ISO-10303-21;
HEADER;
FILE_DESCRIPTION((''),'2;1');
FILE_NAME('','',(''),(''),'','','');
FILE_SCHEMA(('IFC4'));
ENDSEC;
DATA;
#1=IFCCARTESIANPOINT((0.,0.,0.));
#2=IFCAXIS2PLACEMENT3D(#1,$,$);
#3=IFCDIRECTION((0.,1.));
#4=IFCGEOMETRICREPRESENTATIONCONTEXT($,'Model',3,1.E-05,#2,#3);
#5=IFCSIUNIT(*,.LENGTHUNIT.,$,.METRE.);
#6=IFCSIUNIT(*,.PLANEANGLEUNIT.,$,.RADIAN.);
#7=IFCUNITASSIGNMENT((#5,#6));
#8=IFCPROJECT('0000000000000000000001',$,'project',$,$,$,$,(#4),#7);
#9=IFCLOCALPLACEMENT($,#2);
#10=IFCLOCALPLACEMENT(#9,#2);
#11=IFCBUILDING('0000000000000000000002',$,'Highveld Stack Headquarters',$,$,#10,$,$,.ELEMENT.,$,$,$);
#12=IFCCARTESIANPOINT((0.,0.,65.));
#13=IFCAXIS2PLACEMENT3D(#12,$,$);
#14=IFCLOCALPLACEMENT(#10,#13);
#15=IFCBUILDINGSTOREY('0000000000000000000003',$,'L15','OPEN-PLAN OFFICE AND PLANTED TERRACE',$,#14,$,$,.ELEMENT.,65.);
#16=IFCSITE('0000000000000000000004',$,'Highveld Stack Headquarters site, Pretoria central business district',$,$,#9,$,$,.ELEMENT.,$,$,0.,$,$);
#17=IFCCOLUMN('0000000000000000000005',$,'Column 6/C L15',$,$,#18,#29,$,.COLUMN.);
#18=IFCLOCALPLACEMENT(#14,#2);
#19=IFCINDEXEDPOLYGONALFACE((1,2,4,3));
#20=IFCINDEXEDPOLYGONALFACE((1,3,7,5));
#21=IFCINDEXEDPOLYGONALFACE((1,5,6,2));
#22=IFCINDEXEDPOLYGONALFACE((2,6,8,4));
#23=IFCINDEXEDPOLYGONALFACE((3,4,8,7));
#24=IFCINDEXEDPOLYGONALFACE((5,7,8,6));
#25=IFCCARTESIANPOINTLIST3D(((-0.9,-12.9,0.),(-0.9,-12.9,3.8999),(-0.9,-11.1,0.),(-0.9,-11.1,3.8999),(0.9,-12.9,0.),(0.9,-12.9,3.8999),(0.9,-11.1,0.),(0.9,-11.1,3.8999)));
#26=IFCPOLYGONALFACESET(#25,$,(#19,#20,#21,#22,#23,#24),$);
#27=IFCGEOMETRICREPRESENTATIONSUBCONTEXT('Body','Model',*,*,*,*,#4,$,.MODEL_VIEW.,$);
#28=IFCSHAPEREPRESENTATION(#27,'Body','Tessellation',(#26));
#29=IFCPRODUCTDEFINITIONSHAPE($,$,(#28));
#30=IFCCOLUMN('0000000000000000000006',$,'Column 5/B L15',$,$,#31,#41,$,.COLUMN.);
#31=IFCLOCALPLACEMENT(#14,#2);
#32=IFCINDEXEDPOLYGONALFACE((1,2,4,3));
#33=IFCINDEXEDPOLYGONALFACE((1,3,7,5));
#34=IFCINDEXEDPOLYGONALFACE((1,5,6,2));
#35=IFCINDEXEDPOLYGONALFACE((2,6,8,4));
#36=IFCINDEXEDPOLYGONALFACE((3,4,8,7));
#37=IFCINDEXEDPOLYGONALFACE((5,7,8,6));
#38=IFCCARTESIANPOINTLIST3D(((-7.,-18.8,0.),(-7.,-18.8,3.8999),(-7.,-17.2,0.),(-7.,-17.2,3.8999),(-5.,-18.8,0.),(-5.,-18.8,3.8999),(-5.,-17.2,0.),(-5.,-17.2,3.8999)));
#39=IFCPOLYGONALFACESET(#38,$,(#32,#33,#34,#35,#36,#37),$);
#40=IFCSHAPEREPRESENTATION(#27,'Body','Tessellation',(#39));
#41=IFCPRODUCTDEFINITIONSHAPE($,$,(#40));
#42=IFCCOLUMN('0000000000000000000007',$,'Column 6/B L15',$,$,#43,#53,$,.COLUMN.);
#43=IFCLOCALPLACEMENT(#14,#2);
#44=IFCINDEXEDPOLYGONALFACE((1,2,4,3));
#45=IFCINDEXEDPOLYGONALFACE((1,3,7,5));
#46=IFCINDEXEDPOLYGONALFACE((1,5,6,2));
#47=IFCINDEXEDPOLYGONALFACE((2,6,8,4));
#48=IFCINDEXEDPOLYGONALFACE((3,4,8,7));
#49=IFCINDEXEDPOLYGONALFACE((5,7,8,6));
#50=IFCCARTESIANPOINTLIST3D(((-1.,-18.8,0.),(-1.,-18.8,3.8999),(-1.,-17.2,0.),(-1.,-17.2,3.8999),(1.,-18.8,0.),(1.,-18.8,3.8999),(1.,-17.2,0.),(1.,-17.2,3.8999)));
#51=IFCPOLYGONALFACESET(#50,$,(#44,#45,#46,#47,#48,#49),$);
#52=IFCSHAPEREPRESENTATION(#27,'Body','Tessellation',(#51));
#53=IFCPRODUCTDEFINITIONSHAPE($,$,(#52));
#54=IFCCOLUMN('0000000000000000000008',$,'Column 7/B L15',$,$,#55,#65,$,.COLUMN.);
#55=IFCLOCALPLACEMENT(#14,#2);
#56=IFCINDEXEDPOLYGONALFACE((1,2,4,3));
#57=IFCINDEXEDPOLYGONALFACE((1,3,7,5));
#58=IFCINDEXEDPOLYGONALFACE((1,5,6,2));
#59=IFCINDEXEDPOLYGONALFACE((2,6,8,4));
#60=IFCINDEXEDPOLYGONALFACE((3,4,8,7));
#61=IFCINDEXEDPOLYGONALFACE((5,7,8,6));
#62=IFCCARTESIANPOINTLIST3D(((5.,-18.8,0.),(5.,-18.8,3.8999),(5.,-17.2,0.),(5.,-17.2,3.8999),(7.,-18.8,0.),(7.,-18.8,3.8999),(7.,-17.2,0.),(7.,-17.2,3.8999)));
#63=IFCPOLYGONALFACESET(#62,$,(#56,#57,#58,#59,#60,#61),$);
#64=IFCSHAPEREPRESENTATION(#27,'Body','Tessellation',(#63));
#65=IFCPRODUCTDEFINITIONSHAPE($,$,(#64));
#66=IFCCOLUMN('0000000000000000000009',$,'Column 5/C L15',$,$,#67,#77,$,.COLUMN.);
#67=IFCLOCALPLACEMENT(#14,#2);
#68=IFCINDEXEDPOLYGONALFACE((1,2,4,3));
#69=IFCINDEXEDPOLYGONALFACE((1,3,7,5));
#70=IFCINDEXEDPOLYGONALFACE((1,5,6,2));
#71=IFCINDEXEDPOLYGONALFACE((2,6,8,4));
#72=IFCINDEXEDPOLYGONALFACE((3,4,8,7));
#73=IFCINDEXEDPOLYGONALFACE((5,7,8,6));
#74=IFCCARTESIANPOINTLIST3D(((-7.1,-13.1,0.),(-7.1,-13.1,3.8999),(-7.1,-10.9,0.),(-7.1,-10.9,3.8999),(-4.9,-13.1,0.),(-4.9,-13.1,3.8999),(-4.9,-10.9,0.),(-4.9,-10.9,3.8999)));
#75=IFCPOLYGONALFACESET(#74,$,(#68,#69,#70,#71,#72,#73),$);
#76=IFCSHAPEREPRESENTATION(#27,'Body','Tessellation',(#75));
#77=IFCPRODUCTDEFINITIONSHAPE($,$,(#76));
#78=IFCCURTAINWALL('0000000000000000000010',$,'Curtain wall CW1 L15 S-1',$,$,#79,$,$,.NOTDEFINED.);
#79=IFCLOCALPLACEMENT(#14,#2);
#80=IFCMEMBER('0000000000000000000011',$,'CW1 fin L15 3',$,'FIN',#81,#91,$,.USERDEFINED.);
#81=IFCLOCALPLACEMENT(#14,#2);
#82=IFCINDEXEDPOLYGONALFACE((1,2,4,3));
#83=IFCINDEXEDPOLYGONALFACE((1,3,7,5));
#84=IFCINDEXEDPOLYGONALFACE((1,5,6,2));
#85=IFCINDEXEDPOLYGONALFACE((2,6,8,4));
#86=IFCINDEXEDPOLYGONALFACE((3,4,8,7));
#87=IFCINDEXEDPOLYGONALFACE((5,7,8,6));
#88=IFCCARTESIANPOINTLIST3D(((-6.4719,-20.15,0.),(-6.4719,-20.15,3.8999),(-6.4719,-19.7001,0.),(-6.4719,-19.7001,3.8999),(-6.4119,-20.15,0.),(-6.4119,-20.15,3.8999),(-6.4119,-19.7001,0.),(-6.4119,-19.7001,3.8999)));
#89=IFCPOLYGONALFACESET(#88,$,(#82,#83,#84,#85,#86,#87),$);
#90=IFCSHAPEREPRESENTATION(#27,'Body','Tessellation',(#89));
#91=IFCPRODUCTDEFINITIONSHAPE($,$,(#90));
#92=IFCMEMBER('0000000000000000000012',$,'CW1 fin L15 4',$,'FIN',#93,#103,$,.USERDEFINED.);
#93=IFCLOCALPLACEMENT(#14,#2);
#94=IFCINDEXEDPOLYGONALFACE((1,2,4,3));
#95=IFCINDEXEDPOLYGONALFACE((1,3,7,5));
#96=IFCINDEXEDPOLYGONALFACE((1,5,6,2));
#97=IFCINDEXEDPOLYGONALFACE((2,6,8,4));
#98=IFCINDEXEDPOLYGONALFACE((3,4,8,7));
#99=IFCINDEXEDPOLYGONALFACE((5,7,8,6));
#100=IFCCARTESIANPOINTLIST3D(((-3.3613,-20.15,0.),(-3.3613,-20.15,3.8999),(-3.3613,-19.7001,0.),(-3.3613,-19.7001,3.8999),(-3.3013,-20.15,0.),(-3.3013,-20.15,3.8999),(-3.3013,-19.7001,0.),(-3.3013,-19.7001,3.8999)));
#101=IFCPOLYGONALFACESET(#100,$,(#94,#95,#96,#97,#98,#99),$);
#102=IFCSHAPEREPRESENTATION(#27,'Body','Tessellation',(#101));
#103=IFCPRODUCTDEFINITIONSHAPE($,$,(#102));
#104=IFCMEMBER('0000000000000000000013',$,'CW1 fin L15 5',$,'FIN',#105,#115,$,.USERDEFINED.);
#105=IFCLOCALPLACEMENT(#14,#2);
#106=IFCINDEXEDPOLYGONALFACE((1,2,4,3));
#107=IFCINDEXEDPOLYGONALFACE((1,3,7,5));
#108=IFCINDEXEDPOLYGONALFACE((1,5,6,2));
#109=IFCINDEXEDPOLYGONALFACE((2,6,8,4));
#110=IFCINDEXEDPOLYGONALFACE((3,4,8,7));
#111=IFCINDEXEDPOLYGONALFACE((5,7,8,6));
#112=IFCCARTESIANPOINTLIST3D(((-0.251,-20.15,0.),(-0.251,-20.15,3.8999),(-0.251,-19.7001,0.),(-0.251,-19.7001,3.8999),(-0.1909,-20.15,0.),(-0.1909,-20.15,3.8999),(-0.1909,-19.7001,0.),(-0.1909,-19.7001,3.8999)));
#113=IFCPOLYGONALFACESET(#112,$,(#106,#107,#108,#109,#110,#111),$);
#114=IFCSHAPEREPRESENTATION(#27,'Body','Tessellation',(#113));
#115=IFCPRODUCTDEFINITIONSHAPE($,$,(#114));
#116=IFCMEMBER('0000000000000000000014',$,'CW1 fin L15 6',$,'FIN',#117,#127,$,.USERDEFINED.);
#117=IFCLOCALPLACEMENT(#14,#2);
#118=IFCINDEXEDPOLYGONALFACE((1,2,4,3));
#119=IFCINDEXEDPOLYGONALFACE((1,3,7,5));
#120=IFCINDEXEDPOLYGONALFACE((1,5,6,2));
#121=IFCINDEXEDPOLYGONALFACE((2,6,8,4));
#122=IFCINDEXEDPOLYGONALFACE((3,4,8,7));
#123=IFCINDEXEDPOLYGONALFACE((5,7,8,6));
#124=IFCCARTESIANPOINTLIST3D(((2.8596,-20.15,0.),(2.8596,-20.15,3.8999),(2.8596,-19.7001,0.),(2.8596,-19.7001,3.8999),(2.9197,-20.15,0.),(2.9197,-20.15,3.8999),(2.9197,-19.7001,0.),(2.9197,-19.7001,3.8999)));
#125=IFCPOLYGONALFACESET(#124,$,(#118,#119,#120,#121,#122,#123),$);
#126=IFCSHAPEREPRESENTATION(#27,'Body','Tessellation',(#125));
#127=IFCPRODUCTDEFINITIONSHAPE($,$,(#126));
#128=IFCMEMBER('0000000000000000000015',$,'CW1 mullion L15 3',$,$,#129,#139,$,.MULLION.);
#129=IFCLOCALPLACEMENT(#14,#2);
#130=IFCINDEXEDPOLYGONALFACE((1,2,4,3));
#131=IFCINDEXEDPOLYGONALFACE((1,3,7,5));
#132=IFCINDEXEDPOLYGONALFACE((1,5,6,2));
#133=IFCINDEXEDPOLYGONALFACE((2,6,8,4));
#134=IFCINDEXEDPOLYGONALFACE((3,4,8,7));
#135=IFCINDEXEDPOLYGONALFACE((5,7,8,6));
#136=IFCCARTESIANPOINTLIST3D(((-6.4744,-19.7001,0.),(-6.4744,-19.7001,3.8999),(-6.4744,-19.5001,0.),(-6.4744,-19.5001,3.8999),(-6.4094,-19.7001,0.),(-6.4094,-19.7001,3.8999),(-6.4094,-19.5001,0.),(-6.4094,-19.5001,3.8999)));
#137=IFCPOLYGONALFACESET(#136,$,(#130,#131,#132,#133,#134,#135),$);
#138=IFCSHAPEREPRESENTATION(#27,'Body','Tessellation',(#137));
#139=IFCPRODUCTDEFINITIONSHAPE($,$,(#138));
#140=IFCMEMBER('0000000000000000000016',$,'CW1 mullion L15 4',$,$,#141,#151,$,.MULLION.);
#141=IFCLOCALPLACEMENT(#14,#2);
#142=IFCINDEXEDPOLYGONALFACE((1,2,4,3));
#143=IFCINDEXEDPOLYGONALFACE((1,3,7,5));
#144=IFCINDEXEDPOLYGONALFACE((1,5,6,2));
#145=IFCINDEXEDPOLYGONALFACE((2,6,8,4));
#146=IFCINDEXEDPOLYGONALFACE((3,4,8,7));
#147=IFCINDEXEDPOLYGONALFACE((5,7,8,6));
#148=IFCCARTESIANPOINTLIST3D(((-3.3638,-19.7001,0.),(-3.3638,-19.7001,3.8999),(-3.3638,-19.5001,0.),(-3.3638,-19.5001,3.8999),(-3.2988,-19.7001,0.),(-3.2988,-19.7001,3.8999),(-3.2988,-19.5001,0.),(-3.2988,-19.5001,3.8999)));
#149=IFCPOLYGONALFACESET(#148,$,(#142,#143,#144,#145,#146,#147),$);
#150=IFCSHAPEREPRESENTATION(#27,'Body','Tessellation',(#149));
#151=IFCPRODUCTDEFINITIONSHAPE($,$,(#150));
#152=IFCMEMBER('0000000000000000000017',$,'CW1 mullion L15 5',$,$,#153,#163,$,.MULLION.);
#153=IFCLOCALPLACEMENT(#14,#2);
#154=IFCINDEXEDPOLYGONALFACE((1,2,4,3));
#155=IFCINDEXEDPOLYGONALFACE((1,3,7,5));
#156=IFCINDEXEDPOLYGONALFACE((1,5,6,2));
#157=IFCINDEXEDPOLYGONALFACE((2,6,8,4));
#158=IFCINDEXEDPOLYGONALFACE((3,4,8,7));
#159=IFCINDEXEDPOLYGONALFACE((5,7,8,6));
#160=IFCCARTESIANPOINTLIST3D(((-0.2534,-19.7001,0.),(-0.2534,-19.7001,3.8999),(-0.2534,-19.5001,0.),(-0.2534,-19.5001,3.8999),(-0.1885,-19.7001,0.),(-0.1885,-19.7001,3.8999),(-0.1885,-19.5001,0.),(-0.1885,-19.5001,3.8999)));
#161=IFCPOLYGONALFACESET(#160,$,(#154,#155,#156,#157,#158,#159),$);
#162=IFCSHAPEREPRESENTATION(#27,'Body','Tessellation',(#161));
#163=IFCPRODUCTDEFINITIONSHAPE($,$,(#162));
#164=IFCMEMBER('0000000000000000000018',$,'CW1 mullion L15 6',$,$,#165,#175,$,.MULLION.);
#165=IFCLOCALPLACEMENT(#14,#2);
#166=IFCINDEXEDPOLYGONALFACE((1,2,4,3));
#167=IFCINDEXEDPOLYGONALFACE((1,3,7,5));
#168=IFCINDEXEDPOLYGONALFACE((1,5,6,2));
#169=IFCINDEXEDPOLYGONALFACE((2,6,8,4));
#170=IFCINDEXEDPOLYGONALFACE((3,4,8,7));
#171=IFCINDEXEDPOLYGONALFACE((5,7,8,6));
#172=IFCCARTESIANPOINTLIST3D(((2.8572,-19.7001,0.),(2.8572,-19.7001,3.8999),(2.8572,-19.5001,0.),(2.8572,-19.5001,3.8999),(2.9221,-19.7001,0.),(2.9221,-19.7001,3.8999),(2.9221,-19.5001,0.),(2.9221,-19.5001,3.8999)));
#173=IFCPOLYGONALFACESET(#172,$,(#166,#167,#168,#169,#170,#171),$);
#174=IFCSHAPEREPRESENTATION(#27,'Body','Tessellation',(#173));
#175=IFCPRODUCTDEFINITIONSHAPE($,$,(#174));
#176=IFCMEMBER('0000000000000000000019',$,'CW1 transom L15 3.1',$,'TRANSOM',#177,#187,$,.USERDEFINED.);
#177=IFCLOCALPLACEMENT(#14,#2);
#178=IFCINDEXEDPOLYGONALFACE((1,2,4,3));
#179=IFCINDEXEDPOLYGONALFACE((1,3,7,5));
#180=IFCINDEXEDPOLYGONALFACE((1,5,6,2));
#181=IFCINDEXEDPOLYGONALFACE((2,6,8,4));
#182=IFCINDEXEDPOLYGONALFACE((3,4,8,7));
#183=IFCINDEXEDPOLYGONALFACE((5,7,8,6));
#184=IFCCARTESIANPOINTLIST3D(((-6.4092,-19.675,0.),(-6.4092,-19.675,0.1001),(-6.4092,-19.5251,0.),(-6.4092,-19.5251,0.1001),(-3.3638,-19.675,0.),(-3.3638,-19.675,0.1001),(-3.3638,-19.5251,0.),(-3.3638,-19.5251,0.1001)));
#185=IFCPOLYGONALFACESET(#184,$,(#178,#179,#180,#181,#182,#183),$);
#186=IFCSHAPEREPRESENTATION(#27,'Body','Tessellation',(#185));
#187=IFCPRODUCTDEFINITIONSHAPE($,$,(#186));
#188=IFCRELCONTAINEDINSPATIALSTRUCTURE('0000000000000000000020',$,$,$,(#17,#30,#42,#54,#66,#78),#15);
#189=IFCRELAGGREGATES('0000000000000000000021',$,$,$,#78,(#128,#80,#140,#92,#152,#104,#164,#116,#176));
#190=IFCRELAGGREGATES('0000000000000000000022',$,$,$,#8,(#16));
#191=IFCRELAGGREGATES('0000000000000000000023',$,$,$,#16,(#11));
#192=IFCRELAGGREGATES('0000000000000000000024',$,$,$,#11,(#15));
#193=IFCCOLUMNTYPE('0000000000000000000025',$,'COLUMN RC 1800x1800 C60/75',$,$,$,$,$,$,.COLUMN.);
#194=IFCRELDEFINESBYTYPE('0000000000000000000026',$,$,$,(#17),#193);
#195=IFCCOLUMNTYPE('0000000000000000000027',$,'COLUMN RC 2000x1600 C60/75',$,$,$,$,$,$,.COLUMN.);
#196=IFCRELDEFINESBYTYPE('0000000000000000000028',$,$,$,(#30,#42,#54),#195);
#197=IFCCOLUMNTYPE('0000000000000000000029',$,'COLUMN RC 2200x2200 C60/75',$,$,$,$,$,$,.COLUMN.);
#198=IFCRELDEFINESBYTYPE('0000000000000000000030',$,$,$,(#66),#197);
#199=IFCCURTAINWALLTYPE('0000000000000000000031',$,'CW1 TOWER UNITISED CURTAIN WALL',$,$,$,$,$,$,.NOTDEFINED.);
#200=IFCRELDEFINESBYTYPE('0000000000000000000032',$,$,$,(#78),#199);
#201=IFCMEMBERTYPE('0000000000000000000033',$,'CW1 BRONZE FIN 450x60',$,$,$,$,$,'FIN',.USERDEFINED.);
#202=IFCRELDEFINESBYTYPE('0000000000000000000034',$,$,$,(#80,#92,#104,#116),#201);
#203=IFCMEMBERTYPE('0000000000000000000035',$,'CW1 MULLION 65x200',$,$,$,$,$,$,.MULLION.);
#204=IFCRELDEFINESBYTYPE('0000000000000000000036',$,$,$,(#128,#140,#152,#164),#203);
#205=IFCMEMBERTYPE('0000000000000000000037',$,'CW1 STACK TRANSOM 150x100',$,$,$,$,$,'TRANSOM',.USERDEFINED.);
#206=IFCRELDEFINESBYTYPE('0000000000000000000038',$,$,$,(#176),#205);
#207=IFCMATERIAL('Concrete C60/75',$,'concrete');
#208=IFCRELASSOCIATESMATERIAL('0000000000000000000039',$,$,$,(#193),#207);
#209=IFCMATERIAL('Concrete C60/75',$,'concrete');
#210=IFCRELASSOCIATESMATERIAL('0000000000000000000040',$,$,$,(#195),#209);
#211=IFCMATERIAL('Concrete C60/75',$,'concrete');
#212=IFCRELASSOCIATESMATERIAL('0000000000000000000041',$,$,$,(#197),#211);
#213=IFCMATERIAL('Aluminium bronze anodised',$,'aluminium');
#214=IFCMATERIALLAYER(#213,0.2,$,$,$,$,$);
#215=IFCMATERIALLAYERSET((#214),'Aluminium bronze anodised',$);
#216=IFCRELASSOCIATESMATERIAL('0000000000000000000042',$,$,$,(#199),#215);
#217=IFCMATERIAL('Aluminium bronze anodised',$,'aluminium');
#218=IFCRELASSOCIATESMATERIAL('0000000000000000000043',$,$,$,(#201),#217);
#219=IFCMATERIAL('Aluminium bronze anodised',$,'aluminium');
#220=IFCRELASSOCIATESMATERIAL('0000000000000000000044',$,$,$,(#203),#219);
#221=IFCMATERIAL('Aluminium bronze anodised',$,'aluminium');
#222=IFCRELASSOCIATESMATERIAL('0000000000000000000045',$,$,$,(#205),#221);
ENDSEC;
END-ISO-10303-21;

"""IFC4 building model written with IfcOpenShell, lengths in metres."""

from ifc_helpers import new_model, si_unit, direction, frame, origin, origin_2d, place, context, subcontext, project, spatial, rectangle, extrude, material, layer, layer_set, material_profile, profile_set, type_object, element, aggregate, save


model = new_model("IFC4")

# Units and contexts
model_context = context("Model", 3, precision=1e-05, world=origin(), true_north=direction((0.0, 1.0)))
body_context = subcontext(model_context, "Body", "Model", "MODEL_VIEW")
ifc_project = project(units=[si_unit("LENGTHUNIT", "METRE"), si_unit("PLANEANGLEUNIT", "RADIAN")], contexts=[model_context])

# Site, building, storey
site_placement = place(None, origin())
site = spatial("IfcSite", under=ifc_project, at=site_placement, Name="Highveld Stack Headquarters site, Pretoria central business district", CompositionType="ELEMENT", RefElevation=0.0)
building_placement = place(site_placement, origin())
building = spatial("IfcBuilding", under=site, at=building_placement, Name="Highveld Stack Headquarters", CompositionType="ELEMENT")
storey_placement = place(building_placement, frame((0.0, 0.0, 65.0)))
storey = spatial("IfcBuildingStorey", under=building, at=storey_placement, Name="L15", Description="OPEN-PLAN OFFICE AND PLANTED TERRACE", CompositionType="ELEMENT", Elevation=65.0)

# Columns
ifc_material_1 = material(Name="Concrete C60/75", Category="concrete")
ifc_material_profile_1 = material_profile(ifc_material_1, rectangle(XDim=1.8, YDim=1.8, at=origin_2d()), Name="RC 1800x1800")
ifc_profile_set_1 = profile_set([ifc_material_profile_1], Name="Concrete C60/75")
column_type_1 = type_object("IfcColumnType", Name="COLUMN RC 1800x1800 C60/75", PredefinedType="COLUMN", material=ifc_profile_set_1)
column_1_placement = place(storey_placement, frame((0.0, -12.0, 0.0), z_axis=(0.0, 0.0, 1.0), x_axis=(1.0, 0.0, 0.0)))
element("IfcColumn", 1, at=column_1_placement, inside=storey, type_object=column_type_1, Name="Column 6/C L15", PredefinedType="COLUMN", context=body_context, shape_type="SweptSolid", body=[
    extrude(rectangle(XDim=1.8, YDim=1.8, at=origin_2d()), origin(), (0.0, 0.0, 1.0), 3.8999),
])
ifc_material_2 = material(Name="Concrete C60/75", Category="concrete")
ifc_material_profile_2 = material_profile(ifc_material_2, rectangle(XDim=2.0, YDim=1.6001, at=origin_2d()), Name="RC 2000x1600")
ifc_profile_set_2 = profile_set([ifc_material_profile_2], Name="Concrete C60/75")
column_type_2 = type_object("IfcColumnType", Name="COLUMN RC 2000x1600 C60/75", PredefinedType="COLUMN", material=ifc_profile_set_2)
for number, where, z_axis, x_axis, name in (
    (2, (-6.0, -18.0, 0.0), (0.0, 0.0, 1.0), (1.0, 0.0, 0.0), "Column 5/B L15"),
    (3, (0.0, -18.0, 0.0), (0.0, 0.0, 1.0), (1.0, 0.0, 0.0), "Column 6/B L15"),
    (4, (6.0, -18.0, 0.0), (0.0, 0.0, 1.0), (1.0, 0.0, 0.0), "Column 7/B L15"),
):
    element("IfcColumn", number, at=place(storey_placement, frame(where, z_axis=z_axis, x_axis=x_axis)), inside=storey, type_object=column_type_2, Name=name, PredefinedType="COLUMN", context=body_context, shape_type="SweptSolid", body=[
        extrude(rectangle(XDim=2.0, YDim=1.6001, at=origin_2d()), origin(), (0.0, 0.0, 1.0), 3.8999),
    ])
ifc_material_3 = material(Name="Concrete C60/75", Category="concrete")
ifc_material_profile_3 = material_profile(ifc_material_3, rectangle(XDim=2.2, YDim=2.2, at=origin_2d()), Name="RC 2200x2200")
ifc_profile_set_3 = profile_set([ifc_material_profile_3], Name="Concrete C60/75")
column_type_3 = type_object("IfcColumnType", Name="COLUMN RC 2200x2200 C60/75", PredefinedType="COLUMN", material=ifc_profile_set_3)
column_2_placement = place(storey_placement, frame((-6.0, -12.0, 0.0), z_axis=(0.0, 0.0, 1.0), x_axis=(1.0, 0.0, 0.0)))
element("IfcColumn", 5, at=column_2_placement, inside=storey, type_object=column_type_3, Name="Column 5/C L15", PredefinedType="COLUMN", context=body_context, shape_type="SweptSolid", body=[
    extrude(rectangle(XDim=2.2, YDim=2.2, at=origin_2d()), origin(), (0.0, 0.0, 1.0), 3.8999),
])

# Curtain wall, members
ifc_material_4 = material(Name="Aluminium bronze anodised", Category="aluminium")
ifc_layer_1 = layer(ifc_material_4, 0.2)
ifc_layer_set_1 = layer_set([ifc_layer_1], Name="Aluminium bronze anodised")
curtain_wall_type = type_object("IfcCurtainWallType", Name="CW1 TOWER UNITISED CURTAIN WALL", PredefinedType="NOTDEFINED", material=ifc_layer_set_1)
curtain_wall_placement = place(storey_placement, origin())
curtain_wall = element("IfcCurtainWall", 6, at=curtain_wall_placement, inside=storey, type_object=curtain_wall_type, Name="Curtain wall CW1 L15 S-1", PredefinedType="NOTDEFINED")
ifc_material_5 = material(Name="Aluminium bronze anodised", Category="aluminium")
ifc_material_profile_4 = material_profile(ifc_material_5, rectangle(XDim=0.45, YDim=0.0601, at=origin_2d()), Name="FIN 450x60")
ifc_profile_set_4 = profile_set([ifc_material_profile_4], Name="Aluminium bronze anodised")
member_type_1 = type_object("IfcMemberType", Name="CW1 BRONZE FIN 450x60", ElementType="FIN", PredefinedType="USERDEFINED", material=ifc_profile_set_4)
member_1_placement = place(storey_placement, frame((-6.4419, -19.925, 0.0), z_axis=(0.0, 0.0, 1.0), x_axis=(0.0, 1.0, 0.0)))
member_1 = element("IfcMember", 7, at=member_1_placement, type_object=member_type_1, Name="CW1 fin L15 3", ObjectType="FIN", PredefinedType="USERDEFINED", context=body_context, shape_type="SweptSolid", body=[
    extrude(rectangle(XDim=0.45, YDim=0.0601, at=origin_2d()), origin(), (0.0, 0.0, 1.0), 3.8999),
])
member_2_placement = place(storey_placement, frame((-3.3313, -19.925, 0.0), z_axis=(0.0, 0.0, 1.0), x_axis=(0.0, 1.0, 0.0)))
member_2 = element("IfcMember", 8, at=member_2_placement, type_object=member_type_1, Name="CW1 fin L15 4", ObjectType="FIN", PredefinedType="USERDEFINED", context=body_context, shape_type="SweptSolid", body=[
    extrude(rectangle(XDim=0.45, YDim=0.0601, at=origin_2d()), origin(), (0.0, 0.0, 1.0), 3.8999),
])
member_3_placement = place(storey_placement, frame((-0.2209, -19.925, 0.0), z_axis=(0.0, 0.0, 1.0), x_axis=(0.0, 1.0, 0.0)))
member_3 = element("IfcMember", 9, at=member_3_placement, type_object=member_type_1, Name="CW1 fin L15 5", ObjectType="FIN", PredefinedType="USERDEFINED", context=body_context, shape_type="SweptSolid", body=[
    extrude(rectangle(XDim=0.45, YDim=0.0601, at=origin_2d()), origin(), (0.0, 0.0, 1.0), 3.8999),
])
member_4_placement = place(storey_placement, frame((2.8896, -19.925, 0.0), z_axis=(0.0, 0.0, 1.0), x_axis=(0.0, 1.0, 0.0)))
member_4 = element("IfcMember", 10, at=member_4_placement, type_object=member_type_1, Name="CW1 fin L15 6", ObjectType="FIN", PredefinedType="USERDEFINED", context=body_context, shape_type="SweptSolid", body=[
    extrude(rectangle(XDim=0.45, YDim=0.0601, at=origin_2d()), origin(), (0.0, 0.0, 1.0), 3.8999),
])
ifc_material_6 = material(Name="Aluminium bronze anodised", Category="aluminium")
ifc_material_profile_5 = material_profile(ifc_material_6, rectangle(XDim=0.2, YDim=0.0649, at=origin_2d()), Name="CW1 MULLION 65x200")
ifc_profile_set_5 = profile_set([ifc_material_profile_5], Name="Aluminium bronze anodised")
member_type_2 = type_object("IfcMemberType", Name="CW1 MULLION 65x200", PredefinedType="MULLION", material=ifc_profile_set_5)
member_5_placement = place(storey_placement, frame((-6.4419, -19.6001, 0.0), z_axis=(0.0, 0.0, 1.0), x_axis=(0.0, 1.0, 0.0)))
member_5 = element("IfcMember", 11, at=member_5_placement, type_object=member_type_2, Name="CW1 mullion L15 3", PredefinedType="MULLION", context=body_context, shape_type="SweptSolid", body=[
    extrude(rectangle(XDim=0.2, YDim=0.0649, at=origin_2d()), origin(), (0.0, 0.0, 1.0), 3.8999),
])
member_6_placement = place(storey_placement, frame((-3.3313, -19.6001, 0.0), z_axis=(0.0, 0.0, 1.0), x_axis=(0.0, 1.0, 0.0)))
member_6 = element("IfcMember", 12, at=member_6_placement, type_object=member_type_2, Name="CW1 mullion L15 4", PredefinedType="MULLION", context=body_context, shape_type="SweptSolid", body=[
    extrude(rectangle(XDim=0.2, YDim=0.0649, at=origin_2d()), origin(), (0.0, 0.0, 1.0), 3.8999),
])
member_7_placement = place(storey_placement, frame((-0.2209, -19.6001, 0.0), z_axis=(0.0, 0.0, 1.0), x_axis=(0.0, 1.0, 0.0)))
member_7 = element("IfcMember", 13, at=member_7_placement, type_object=member_type_2, Name="CW1 mullion L15 5", PredefinedType="MULLION", context=body_context, shape_type="SweptSolid", body=[
    extrude(rectangle(XDim=0.2, YDim=0.0649, at=origin_2d()), origin(), (0.0, 0.0, 1.0), 3.8999),
])
member_8_placement = place(storey_placement, frame((2.8896, -19.6001, 0.0), z_axis=(0.0, 0.0, 1.0), x_axis=(0.0, 1.0, 0.0)))
member_8 = element("IfcMember", 14, at=member_8_placement, type_object=member_type_2, Name="CW1 mullion L15 6", PredefinedType="MULLION", context=body_context, shape_type="SweptSolid", body=[
    extrude(rectangle(XDim=0.2, YDim=0.0649, at=origin_2d()), origin(), (0.0, 0.0, 1.0), 3.8999),
])
ifc_material_7 = material(Name="Aluminium bronze anodised", Category="aluminium")
ifc_material_profile_6 = material_profile(ifc_material_7, rectangle(XDim=0.1499, YDim=0.1001, at=origin_2d()), Name="CW1 TRANSOM 150x100")
ifc_profile_set_6 = profile_set([ifc_material_profile_6], Name="Aluminium bronze anodised")
member_type_3 = type_object("IfcMemberType", Name="CW1 STACK TRANSOM 150x100", ElementType="TRANSOM", PredefinedType="USERDEFINED", material=ifc_profile_set_6)
member_9_placement = place(storey_placement, frame((-6.4092, -19.6001, 0.05), z_axis=(1.0, 0.0, 0.0), x_axis=(0.0, 1.0, 0.0)))
member_9 = element("IfcMember", 15, at=member_9_placement, type_object=member_type_3, Name="CW1 transom L15 3.1", ObjectType="TRANSOM", PredefinedType="USERDEFINED", context=body_context, shape_type="SweptSolid", body=[
    extrude(rectangle(XDim=0.1499, YDim=0.1001, at=origin_2d()), origin(), (0.0, 0.0, 1.0), 3.0454),
])
aggregate(curtain_wall, [member_5, member_1, member_6, member_2, member_7, member_3, member_8, member_4, member_9])

save(model, "model.ifc")
